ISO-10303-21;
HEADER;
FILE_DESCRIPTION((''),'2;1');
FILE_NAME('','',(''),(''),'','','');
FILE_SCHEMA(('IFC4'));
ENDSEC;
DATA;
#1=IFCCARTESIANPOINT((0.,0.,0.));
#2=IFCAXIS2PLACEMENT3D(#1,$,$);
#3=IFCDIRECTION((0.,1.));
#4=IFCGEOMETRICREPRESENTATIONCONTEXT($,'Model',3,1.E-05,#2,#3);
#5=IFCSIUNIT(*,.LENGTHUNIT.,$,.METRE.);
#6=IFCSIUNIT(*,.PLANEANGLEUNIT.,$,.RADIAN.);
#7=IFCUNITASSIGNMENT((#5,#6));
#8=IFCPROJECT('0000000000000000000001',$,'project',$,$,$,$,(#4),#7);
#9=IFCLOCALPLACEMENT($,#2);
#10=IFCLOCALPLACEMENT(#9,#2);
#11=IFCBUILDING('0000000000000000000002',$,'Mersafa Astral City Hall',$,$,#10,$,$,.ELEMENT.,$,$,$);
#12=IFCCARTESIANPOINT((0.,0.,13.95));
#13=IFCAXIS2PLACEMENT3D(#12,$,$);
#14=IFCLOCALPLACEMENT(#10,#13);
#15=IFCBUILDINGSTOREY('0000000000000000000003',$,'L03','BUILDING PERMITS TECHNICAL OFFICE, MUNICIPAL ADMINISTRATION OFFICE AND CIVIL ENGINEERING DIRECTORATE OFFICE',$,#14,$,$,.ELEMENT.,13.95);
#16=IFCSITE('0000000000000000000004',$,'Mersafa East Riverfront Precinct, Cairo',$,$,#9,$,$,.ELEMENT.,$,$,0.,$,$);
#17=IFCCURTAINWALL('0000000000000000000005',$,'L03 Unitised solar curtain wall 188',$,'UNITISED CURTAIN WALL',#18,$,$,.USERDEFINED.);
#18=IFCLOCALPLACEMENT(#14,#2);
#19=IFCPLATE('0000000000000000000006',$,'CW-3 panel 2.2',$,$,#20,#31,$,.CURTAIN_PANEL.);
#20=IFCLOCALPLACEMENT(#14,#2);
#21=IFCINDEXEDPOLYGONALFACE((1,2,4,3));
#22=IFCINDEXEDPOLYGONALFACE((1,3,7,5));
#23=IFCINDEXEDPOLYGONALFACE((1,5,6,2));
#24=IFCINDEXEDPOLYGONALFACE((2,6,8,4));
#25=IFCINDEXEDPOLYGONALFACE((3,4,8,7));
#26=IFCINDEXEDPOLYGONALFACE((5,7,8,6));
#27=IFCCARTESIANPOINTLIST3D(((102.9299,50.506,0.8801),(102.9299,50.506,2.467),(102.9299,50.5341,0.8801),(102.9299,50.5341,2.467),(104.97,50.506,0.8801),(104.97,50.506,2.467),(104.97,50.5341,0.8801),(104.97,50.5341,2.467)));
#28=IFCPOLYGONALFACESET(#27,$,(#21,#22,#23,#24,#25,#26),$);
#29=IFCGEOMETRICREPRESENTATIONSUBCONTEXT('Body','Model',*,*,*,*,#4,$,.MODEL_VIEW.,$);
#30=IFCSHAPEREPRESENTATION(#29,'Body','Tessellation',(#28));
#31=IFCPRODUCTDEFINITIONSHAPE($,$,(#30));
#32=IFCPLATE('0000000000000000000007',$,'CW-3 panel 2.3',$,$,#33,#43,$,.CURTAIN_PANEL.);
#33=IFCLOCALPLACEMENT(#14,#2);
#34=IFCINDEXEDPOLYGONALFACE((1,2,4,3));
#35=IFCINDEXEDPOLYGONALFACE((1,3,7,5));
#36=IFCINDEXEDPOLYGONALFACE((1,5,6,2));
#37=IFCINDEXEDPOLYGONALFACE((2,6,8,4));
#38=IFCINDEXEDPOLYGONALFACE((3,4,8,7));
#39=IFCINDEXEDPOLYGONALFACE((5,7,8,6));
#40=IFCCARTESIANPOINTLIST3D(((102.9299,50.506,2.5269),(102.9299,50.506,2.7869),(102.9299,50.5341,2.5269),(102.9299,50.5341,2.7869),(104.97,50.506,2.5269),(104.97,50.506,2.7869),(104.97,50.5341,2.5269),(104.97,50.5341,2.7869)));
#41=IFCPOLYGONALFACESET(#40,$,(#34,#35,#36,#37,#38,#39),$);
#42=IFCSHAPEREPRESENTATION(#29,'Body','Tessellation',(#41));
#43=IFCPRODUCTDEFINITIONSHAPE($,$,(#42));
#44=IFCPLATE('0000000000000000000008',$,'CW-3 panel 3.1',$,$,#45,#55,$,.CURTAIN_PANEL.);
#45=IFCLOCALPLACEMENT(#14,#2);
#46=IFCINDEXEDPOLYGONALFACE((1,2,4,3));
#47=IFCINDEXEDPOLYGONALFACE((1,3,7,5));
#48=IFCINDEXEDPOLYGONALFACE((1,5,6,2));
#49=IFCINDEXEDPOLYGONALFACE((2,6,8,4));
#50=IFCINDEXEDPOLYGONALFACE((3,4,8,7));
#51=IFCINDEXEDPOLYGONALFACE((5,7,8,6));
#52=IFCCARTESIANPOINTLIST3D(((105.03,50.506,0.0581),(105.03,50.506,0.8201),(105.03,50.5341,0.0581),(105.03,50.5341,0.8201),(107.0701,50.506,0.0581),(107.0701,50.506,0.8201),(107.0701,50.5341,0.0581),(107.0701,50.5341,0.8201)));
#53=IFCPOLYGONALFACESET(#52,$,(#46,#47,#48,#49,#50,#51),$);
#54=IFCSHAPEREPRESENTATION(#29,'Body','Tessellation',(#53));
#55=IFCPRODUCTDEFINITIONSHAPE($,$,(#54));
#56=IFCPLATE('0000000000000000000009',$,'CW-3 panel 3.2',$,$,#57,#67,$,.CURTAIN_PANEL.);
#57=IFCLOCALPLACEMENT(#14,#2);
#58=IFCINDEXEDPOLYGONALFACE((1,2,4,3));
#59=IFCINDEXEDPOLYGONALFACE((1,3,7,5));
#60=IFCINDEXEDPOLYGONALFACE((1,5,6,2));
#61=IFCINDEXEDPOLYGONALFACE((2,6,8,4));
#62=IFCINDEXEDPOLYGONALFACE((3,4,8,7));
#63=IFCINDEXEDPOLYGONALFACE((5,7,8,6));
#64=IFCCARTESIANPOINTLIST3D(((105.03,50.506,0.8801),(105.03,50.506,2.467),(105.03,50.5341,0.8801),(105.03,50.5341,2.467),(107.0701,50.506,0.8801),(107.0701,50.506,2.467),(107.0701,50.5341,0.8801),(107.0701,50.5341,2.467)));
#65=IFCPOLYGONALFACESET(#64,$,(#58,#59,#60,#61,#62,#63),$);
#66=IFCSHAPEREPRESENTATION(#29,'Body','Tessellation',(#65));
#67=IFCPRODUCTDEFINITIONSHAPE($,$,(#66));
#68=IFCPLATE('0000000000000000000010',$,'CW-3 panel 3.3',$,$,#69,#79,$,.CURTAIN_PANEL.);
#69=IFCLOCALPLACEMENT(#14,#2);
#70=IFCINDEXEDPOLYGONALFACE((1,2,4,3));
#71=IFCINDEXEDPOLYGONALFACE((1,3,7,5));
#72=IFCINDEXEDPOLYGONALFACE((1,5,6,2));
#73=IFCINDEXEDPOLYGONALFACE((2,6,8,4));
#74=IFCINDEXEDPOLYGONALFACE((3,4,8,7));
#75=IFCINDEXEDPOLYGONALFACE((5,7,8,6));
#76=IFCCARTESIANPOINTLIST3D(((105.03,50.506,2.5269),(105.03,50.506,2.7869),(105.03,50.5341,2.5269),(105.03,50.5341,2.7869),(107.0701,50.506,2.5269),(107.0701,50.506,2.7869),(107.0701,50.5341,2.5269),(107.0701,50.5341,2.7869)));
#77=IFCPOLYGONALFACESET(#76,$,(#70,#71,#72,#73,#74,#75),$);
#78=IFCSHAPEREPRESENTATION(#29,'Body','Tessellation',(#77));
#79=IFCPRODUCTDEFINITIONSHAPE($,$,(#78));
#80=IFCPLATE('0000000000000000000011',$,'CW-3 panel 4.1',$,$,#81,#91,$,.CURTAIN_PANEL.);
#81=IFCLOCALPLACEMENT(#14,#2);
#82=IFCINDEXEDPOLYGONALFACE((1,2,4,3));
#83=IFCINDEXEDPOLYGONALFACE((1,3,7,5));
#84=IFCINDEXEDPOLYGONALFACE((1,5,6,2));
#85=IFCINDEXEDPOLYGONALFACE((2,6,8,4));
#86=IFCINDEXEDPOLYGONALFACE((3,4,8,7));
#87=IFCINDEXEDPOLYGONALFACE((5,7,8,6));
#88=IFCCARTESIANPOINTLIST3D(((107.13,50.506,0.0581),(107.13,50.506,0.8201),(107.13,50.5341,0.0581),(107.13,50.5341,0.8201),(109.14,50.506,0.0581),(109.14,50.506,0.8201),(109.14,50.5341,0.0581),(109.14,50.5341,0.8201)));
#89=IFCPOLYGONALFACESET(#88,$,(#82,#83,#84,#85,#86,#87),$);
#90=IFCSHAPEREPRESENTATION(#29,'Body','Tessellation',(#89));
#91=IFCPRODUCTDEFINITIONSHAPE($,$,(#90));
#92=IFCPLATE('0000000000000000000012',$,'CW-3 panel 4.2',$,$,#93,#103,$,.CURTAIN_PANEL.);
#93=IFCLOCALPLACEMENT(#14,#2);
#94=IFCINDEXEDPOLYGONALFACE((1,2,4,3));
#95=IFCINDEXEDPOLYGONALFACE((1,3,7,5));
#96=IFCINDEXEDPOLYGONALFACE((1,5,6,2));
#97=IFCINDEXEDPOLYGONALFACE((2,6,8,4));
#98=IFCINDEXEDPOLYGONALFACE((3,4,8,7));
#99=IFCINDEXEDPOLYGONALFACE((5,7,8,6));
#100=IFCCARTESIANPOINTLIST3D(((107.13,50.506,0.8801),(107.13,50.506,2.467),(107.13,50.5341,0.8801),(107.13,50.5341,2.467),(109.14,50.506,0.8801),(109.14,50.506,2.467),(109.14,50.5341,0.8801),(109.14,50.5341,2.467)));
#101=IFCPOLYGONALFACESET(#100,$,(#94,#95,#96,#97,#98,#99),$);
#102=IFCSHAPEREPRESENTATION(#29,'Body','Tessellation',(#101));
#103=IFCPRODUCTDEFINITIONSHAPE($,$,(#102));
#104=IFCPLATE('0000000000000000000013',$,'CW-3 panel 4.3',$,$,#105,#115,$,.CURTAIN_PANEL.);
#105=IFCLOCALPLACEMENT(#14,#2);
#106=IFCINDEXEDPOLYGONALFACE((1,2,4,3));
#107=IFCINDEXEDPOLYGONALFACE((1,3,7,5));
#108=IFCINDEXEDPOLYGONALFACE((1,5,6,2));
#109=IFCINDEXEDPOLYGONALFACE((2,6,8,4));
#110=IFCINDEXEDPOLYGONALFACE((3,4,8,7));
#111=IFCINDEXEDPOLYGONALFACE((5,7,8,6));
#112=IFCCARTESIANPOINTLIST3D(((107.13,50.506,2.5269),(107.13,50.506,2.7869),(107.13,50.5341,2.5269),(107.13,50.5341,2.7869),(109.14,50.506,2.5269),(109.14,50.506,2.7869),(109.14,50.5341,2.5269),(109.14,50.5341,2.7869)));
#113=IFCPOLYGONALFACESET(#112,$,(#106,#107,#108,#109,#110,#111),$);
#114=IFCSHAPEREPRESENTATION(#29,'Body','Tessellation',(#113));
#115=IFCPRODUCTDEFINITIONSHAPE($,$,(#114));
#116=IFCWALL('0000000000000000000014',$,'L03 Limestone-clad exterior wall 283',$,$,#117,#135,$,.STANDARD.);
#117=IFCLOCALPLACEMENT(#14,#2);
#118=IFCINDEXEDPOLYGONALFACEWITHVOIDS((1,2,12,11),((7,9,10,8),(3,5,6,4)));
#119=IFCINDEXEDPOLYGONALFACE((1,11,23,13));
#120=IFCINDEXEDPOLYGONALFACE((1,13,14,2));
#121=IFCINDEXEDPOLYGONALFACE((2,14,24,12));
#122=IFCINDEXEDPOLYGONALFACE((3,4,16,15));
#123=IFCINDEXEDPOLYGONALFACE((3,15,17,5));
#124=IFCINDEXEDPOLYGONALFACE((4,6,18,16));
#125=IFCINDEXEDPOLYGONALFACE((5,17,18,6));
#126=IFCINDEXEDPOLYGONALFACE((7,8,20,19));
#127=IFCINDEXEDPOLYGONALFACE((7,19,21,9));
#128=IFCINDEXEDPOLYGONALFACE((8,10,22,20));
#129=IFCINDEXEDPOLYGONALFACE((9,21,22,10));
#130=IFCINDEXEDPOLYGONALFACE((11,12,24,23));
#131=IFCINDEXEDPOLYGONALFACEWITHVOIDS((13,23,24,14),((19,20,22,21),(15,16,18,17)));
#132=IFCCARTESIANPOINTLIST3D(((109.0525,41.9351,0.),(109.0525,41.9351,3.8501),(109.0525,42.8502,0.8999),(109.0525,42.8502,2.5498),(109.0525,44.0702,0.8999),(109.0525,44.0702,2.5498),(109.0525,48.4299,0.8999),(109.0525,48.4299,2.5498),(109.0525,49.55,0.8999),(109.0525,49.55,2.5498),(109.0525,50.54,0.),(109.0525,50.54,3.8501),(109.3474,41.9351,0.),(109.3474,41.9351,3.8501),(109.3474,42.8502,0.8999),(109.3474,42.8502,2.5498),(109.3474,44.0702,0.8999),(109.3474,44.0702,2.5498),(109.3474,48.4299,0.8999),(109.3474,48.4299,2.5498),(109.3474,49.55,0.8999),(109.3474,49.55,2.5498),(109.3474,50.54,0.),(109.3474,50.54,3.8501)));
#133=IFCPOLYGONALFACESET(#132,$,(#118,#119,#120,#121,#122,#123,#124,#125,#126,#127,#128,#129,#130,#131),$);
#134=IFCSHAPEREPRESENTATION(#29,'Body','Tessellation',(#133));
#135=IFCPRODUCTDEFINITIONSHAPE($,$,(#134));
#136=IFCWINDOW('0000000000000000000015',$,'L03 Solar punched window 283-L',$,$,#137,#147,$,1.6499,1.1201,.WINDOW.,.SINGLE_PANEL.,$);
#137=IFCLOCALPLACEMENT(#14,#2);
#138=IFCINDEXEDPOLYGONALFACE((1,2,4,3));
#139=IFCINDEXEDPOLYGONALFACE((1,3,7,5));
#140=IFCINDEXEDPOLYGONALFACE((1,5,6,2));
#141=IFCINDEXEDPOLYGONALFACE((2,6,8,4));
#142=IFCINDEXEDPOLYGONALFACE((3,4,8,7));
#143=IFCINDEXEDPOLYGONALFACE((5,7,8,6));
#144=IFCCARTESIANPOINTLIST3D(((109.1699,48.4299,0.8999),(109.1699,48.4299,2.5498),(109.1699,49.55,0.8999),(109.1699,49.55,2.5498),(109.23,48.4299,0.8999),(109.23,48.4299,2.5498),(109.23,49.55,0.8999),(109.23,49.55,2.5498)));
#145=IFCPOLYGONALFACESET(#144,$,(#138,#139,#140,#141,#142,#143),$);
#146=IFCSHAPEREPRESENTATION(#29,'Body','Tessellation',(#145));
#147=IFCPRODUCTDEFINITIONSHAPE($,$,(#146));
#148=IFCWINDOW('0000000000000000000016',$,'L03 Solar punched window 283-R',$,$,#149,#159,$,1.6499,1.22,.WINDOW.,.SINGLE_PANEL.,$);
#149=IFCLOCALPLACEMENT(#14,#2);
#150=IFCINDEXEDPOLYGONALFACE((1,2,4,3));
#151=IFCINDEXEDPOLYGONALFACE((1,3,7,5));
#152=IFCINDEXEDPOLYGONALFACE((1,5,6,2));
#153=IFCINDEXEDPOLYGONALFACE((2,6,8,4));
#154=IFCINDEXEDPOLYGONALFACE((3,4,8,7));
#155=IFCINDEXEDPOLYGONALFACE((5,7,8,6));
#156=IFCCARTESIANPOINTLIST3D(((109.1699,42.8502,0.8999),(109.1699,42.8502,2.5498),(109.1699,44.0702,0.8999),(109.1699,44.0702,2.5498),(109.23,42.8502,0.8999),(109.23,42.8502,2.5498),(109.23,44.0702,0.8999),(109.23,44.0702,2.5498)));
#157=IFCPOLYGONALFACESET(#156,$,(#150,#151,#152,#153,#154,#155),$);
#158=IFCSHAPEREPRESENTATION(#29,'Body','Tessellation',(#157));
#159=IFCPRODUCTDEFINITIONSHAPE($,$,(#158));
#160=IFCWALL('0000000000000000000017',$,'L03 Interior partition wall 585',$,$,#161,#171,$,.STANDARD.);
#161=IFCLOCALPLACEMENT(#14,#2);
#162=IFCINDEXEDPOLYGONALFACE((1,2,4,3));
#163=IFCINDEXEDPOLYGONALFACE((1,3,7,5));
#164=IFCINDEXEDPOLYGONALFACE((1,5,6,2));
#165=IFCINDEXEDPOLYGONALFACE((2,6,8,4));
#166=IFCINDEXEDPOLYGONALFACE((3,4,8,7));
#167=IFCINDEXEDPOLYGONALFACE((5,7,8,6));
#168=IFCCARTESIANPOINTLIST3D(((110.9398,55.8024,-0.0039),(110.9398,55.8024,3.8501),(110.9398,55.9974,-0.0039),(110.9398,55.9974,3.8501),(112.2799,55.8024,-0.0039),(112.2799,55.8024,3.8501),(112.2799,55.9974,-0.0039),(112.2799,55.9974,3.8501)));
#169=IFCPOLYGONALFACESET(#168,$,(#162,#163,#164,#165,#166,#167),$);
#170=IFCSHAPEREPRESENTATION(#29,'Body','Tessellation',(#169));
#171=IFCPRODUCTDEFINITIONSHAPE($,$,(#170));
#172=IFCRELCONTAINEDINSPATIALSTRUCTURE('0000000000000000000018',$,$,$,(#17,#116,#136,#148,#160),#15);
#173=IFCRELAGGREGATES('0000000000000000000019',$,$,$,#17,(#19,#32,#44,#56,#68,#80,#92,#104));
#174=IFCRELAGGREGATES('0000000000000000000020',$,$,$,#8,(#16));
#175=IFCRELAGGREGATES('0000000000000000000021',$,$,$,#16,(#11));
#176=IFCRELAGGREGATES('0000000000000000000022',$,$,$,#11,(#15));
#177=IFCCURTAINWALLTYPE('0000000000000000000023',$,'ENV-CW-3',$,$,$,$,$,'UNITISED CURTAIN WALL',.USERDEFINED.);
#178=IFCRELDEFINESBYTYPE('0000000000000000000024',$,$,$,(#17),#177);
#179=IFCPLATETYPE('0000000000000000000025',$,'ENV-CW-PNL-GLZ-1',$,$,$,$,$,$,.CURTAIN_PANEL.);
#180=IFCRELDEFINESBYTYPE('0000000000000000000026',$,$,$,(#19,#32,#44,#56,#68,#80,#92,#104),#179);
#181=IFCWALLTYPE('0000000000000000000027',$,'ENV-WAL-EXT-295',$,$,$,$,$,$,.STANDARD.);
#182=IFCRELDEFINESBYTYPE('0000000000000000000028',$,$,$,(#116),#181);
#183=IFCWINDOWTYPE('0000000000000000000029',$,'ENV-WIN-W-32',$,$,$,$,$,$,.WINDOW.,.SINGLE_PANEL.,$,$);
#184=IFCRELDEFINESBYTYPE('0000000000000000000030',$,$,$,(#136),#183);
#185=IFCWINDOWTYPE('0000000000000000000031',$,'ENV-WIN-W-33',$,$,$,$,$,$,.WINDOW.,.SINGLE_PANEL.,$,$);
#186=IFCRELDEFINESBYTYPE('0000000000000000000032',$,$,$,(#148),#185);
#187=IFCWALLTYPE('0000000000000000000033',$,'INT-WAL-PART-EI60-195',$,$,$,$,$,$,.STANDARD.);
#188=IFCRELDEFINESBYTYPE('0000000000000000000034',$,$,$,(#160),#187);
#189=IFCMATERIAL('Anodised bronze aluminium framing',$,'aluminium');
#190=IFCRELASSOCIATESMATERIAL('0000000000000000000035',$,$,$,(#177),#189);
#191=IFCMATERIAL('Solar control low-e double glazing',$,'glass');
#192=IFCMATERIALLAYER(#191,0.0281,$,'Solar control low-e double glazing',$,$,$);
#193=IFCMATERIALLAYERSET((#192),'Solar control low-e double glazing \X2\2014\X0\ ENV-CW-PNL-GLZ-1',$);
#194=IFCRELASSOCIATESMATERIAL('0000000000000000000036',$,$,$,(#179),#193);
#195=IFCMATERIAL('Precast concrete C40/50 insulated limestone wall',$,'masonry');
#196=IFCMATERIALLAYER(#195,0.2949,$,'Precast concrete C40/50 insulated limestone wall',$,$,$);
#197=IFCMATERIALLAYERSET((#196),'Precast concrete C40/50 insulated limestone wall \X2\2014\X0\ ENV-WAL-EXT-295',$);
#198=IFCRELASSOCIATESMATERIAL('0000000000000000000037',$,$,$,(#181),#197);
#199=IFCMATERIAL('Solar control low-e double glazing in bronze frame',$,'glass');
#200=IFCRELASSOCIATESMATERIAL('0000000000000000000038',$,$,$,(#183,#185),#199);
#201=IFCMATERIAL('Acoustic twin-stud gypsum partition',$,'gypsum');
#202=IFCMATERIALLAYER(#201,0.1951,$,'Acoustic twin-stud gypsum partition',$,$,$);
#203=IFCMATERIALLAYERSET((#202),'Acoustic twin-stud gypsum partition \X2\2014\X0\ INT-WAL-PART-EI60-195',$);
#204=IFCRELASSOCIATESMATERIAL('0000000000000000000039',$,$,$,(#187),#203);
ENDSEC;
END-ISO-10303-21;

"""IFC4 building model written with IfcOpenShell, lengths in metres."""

from ifc_helpers import new_model, si_unit, direction, frame, frame_2d, origin, origin_2d, place, context, subcontext, project, spatial, rectangle, extrude, material, layer, layer_set, type_object, element, fill, aggregate, save


model = new_model("IFC4")

# Units and contexts
model_context = context("Model", 3, precision=1e-05, world=origin(), true_north=direction((0.0, 1.0)))
body_context = subcontext(model_context, "Body", "Model", "MODEL_VIEW")
ifc_project = project(units=[si_unit("LENGTHUNIT", "METRE"), si_unit("PLANEANGLEUNIT", "RADIAN")], contexts=[model_context])

# Site, building, storey
site_placement = place(None, origin())
site = spatial("IfcSite", under=ifc_project, at=site_placement, Name="Mersafa East Riverfront Precinct, Cairo", CompositionType="ELEMENT", RefElevation=0.0)
building_placement = place(site_placement, origin())
building = spatial("IfcBuilding", under=site, at=building_placement, Name="Mersafa Astral City Hall", CompositionType="ELEMENT")
storey_placement = place(building_placement, frame((0.0, 0.0, 13.95)))
storey = spatial("IfcBuildingStorey", under=building, at=storey_placement, Name="L03", Description="BUILDING PERMITS TECHNICAL OFFICE, MUNICIPAL ADMINISTRATION OFFICE AND CIVIL ENGINEERING DIRECTORATE OFFICE", CompositionType="ELEMENT", Elevation=13.95)

# Curtain wall, plates
ifc_material_1 = material(Name="Anodised bronze aluminium framing", Category="aluminium")
curtain_wall_type = type_object("IfcCurtainWallType", Name="ENV-CW-3", ElementType="UNITISED CURTAIN WALL", PredefinedType="USERDEFINED", material=ifc_material_1)
curtain_wall_placement = place(storey_placement, origin())
curtain_wall = element("IfcCurtainWall", 1, at=curtain_wall_placement, inside=storey, type_object=curtain_wall_type, Name="L03 Unitised solar curtain wall 188", ObjectType="UNITISED CURTAIN WALL", PredefinedType="USERDEFINED")
ifc_material_2 = material(Name="Solar control low-e double glazing", Category="glass")
ifc_layer_1 = layer(ifc_material_2, 0.0281, Name="Solar control low-e double glazing")
ifc_layer_set_1 = layer_set([ifc_layer_1], Name="Solar control low-e double glazing — ENV-CW-PNL-GLZ-1")
plate_type = type_object("IfcPlateType", Name="ENV-CW-PNL-GLZ-1", PredefinedType="CURTAIN_PANEL", material=ifc_layer_set_1)
plate_1_placement = place(storey_placement, frame((103.95, 50.52, 0.8801), z_axis=(0.0, 0.0, 1.0), x_axis=(1.0, 0.0, 0.0)))
plate_1 = element("IfcPlate", 2, at=plate_1_placement, type_object=plate_type, Name="CW-3 panel 2.2", PredefinedType="CURTAIN_PANEL", context=body_context, shape_type="SweptSolid", body=[
    extrude(rectangle(XDim=2.04, YDim=0.0281, at=origin_2d()), origin(), (0.0, 0.0, 1.0), 1.5869),
])
plate_2_placement = place(storey_placement, frame((103.95, 50.52, 2.5269), z_axis=(0.0, 0.0, 1.0), x_axis=(1.0, 0.0, 0.0)))
plate_2 = element("IfcPlate", 3, at=plate_2_placement, type_object=plate_type, Name="CW-3 panel 2.3", PredefinedType="CURTAIN_PANEL", context=body_context, shape_type="SweptSolid", body=[
    extrude(rectangle(XDim=2.04, YDim=0.0281, at=origin_2d()), origin(), (0.0, 0.0, 1.0), 0.26),
])
plate_3_placement = place(storey_placement, frame((106.05, 50.52, 0.0581), z_axis=(0.0, 0.0, 1.0), x_axis=(1.0, 0.0, 0.0)))
plate_3 = element("IfcPlate", 4, at=plate_3_placement, type_object=plate_type, Name="CW-3 panel 3.1", PredefinedType="CURTAIN_PANEL", context=body_context, shape_type="SweptSolid", body=[
    extrude(rectangle(XDim=2.04, YDim=0.0281, at=origin_2d()), origin(), (0.0, 0.0, 1.0), 0.762),
])
plate_4_placement = place(storey_placement, frame((106.05, 50.52, 0.8801), z_axis=(0.0, 0.0, 1.0), x_axis=(1.0, 0.0, 0.0)))
plate_4 = element("IfcPlate", 5, at=plate_4_placement, type_object=plate_type, Name="CW-3 panel 3.2", PredefinedType="CURTAIN_PANEL", context=body_context, shape_type="SweptSolid", body=[
    extrude(rectangle(XDim=2.04, YDim=0.0281, at=origin_2d()), origin(), (0.0, 0.0, 1.0), 1.5869),
])
plate_5_placement = place(storey_placement, frame((106.05, 50.52, 2.5269), z_axis=(0.0, 0.0, 1.0), x_axis=(1.0, 0.0, 0.0)))
plate_5 = element("IfcPlate", 6, at=plate_5_placement, type_object=plate_type, Name="CW-3 panel 3.3", PredefinedType="CURTAIN_PANEL", context=body_context, shape_type="SweptSolid", body=[
    extrude(rectangle(XDim=2.04, YDim=0.0281, at=origin_2d()), origin(), (0.0, 0.0, 1.0), 0.26),
])
plate_6_placement = place(storey_placement, frame((108.135, 50.52, 0.0581), z_axis=(0.0, 0.0, 1.0), x_axis=(1.0, 0.0, 0.0)))
plate_6 = element("IfcPlate", 7, at=plate_6_placement, type_object=plate_type, Name="CW-3 panel 4.1", PredefinedType="CURTAIN_PANEL", context=body_context, shape_type="SweptSolid", body=[
    extrude(rectangle(XDim=2.01, YDim=0.0281, at=origin_2d()), origin(), (0.0, 0.0, 1.0), 0.762),
])
plate_7_placement = place(storey_placement, frame((108.135, 50.52, 0.8801), z_axis=(0.0, 0.0, 1.0), x_axis=(1.0, 0.0, 0.0)))
plate_7 = element("IfcPlate", 8, at=plate_7_placement, type_object=plate_type, Name="CW-3 panel 4.2", PredefinedType="CURTAIN_PANEL", context=body_context, shape_type="SweptSolid", body=[
    extrude(rectangle(XDim=2.01, YDim=0.0281, at=origin_2d()), origin(), (0.0, 0.0, 1.0), 1.5869),
])
plate_8_placement = place(storey_placement, frame((108.135, 50.52, 2.5269), z_axis=(0.0, 0.0, 1.0), x_axis=(1.0, 0.0, 0.0)))
plate_8 = element("IfcPlate", 9, at=plate_8_placement, type_object=plate_type, Name="CW-3 panel 4.3", PredefinedType="CURTAIN_PANEL", context=body_context, shape_type="SweptSolid", body=[
    extrude(rectangle(XDim=2.01, YDim=0.0281, at=origin_2d()), origin(), (0.0, 0.0, 1.0), 0.26),
])
aggregate(curtain_wall, [plate_1, plate_2, plate_3, plate_4, plate_5, plate_6, plate_7, plate_8])

# Wall, openings, windows
ifc_material_3 = material(Name="Precast concrete C40/50 insulated limestone wall", Category="masonry")
ifc_layer_2 = layer(ifc_material_3, 0.2949, Name="Precast concrete C40/50 insulated limestone wall")
ifc_layer_set_2 = layer_set([ifc_layer_2], Name="Precast concrete C40/50 insulated limestone wall — ENV-WAL-EXT-295")
wall_type_1 = type_object("IfcWallType", Name="ENV-WAL-EXT-295", PredefinedType="STANDARD", material=ifc_layer_set_2)
wall_1_placement = place(storey_placement, frame((109.2, 50.54, 0.0), z_axis=(0.0, 0.0, 1.0), x_axis=(0.0, -1.0, 0.0)))
wall_1 = element("IfcWall", 10, at=wall_1_placement, inside=storey, type_object=wall_type_1, Name="L03 Limestone-clad exterior wall 283", PredefinedType="STANDARD", context=body_context, shape_type="SweptSolid", body=[
    extrude(rectangle(XDim=8.605, YDim=0.2949, at=frame_2d((4.3025, 0.0))), origin(), (0.0, 0.0, 1.0), 3.8501),
])
opening_1_placement = place(wall_1_placement, frame((0.99, 0.0, 0.8999)))
opening_1 = element("IfcOpeningElement", 11, at=opening_1_placement, cuts=wall_1, PredefinedType="OPENING", context=body_context, shape_type="SweptSolid", body=[
    extrude(rectangle(XDim=1.1201, YDim=1.6499, at=frame_2d((0.5601, 0.825))), frame((0.0, 0.1575, 0.0), z_axis=(0.0, -1.0, 0.0), x_axis=(1.0, 0.0, 0.0)), (0.0, 0.0, 1.0), 0.3149),
])
opening_2_placement = place(wall_1_placement, frame((6.47, 0.0, 0.8999)))
opening_2 = element("IfcOpeningElement", 12, at=opening_2_placement, cuts=wall_1, PredefinedType="OPENING", context=body_context, shape_type="SweptSolid", body=[
    extrude(rectangle(XDim=1.22, YDim=1.6499, at=frame_2d((0.6099, 0.825))), frame((0.0, 0.1575, 0.0), z_axis=(0.0, -1.0, 0.0), x_axis=(1.0, 0.0, 0.0)), (0.0, 0.0, 1.0), 0.3149),
])
ifc_material_4 = material(Name="Solar control low-e double glazing in bronze frame", Category="glass")
window_type_1 = type_object("IfcWindowType", Name="ENV-WIN-W-32", PartitioningType="SINGLE_PANEL", PredefinedType="WINDOW", material=ifc_material_4)
window_1_placement = place(opening_1_placement, origin())
window_1 = element("IfcWindow", 13, at=window_1_placement, inside=storey, type_object=window_type_1, Name="L03 Solar punched window 283-L", OverallHeight=1.6499, OverallWidth=1.1201, PartitioningType="SINGLE_PANEL", PredefinedType="WINDOW", context=body_context, shape_type="SweptSolid", body=[
    extrude(rectangle(XDim=1.1201, YDim=1.6499, at=frame_2d((0.5601, 0.825))), frame((0.0, 0.03, 0.0), z_axis=(0.0, -1.0, 0.0), x_axis=(1.0, 0.0, 0.0)), (0.0, 0.0, 1.0), 0.0601),
])
fill(opening_1, window_1)
window_type_2 = type_object("IfcWindowType", Name="ENV-WIN-W-33", PartitioningType="SINGLE_PANEL", PredefinedType="WINDOW", material=ifc_material_4)
window_2_placement = place(opening_2_placement, origin())
window_2 = element("IfcWindow", 14, at=window_2_placement, inside=storey, type_object=window_type_2, Name="L03 Solar punched window 283-R", OverallHeight=1.6499, OverallWidth=1.22, PartitioningType="SINGLE_PANEL", PredefinedType="WINDOW", context=body_context, shape_type="SweptSolid", body=[
    extrude(rectangle(XDim=1.22, YDim=1.6499, at=frame_2d((0.6099, 0.825))), frame((0.0, 0.03, 0.0), z_axis=(0.0, -1.0, 0.0), x_axis=(1.0, 0.0, 0.0)), (0.0, 0.0, 1.0), 0.0601),
])
fill(opening_2, window_2)

# Wall
ifc_material_5 = material(Name="Acoustic twin-stud gypsum partition", Category="gypsum")
ifc_layer_3 = layer(ifc_material_5, 0.1951, Name="Acoustic twin-stud gypsum partition")
ifc_layer_set_3 = layer_set([ifc_layer_3], Name="Acoustic twin-stud gypsum partition — INT-WAL-PART-EI60-195")
wall_type_2 = type_object("IfcWallType", Name="INT-WAL-PART-EI60-195", PredefinedType="STANDARD", material=ifc_layer_set_3)
wall_2_placement = place(storey_placement, frame((110.9399, 55.8999, -0.0039), z_axis=(0.0, 0.0, 1.0), x_axis=(1.0, 0.0, 0.0)))
element("IfcWall", 15, at=wall_2_placement, inside=storey, type_object=wall_type_2, Name="L03 Interior partition wall 585", PredefinedType="STANDARD", context=body_context, shape_type="SweptSolid", body=[
    extrude(rectangle(XDim=1.3401, YDim=0.1951, at=frame_2d((0.6699, 0.0))), origin(), (0.0, 0.0, 1.0), 3.854),
])

save(model, "model.ifc")
